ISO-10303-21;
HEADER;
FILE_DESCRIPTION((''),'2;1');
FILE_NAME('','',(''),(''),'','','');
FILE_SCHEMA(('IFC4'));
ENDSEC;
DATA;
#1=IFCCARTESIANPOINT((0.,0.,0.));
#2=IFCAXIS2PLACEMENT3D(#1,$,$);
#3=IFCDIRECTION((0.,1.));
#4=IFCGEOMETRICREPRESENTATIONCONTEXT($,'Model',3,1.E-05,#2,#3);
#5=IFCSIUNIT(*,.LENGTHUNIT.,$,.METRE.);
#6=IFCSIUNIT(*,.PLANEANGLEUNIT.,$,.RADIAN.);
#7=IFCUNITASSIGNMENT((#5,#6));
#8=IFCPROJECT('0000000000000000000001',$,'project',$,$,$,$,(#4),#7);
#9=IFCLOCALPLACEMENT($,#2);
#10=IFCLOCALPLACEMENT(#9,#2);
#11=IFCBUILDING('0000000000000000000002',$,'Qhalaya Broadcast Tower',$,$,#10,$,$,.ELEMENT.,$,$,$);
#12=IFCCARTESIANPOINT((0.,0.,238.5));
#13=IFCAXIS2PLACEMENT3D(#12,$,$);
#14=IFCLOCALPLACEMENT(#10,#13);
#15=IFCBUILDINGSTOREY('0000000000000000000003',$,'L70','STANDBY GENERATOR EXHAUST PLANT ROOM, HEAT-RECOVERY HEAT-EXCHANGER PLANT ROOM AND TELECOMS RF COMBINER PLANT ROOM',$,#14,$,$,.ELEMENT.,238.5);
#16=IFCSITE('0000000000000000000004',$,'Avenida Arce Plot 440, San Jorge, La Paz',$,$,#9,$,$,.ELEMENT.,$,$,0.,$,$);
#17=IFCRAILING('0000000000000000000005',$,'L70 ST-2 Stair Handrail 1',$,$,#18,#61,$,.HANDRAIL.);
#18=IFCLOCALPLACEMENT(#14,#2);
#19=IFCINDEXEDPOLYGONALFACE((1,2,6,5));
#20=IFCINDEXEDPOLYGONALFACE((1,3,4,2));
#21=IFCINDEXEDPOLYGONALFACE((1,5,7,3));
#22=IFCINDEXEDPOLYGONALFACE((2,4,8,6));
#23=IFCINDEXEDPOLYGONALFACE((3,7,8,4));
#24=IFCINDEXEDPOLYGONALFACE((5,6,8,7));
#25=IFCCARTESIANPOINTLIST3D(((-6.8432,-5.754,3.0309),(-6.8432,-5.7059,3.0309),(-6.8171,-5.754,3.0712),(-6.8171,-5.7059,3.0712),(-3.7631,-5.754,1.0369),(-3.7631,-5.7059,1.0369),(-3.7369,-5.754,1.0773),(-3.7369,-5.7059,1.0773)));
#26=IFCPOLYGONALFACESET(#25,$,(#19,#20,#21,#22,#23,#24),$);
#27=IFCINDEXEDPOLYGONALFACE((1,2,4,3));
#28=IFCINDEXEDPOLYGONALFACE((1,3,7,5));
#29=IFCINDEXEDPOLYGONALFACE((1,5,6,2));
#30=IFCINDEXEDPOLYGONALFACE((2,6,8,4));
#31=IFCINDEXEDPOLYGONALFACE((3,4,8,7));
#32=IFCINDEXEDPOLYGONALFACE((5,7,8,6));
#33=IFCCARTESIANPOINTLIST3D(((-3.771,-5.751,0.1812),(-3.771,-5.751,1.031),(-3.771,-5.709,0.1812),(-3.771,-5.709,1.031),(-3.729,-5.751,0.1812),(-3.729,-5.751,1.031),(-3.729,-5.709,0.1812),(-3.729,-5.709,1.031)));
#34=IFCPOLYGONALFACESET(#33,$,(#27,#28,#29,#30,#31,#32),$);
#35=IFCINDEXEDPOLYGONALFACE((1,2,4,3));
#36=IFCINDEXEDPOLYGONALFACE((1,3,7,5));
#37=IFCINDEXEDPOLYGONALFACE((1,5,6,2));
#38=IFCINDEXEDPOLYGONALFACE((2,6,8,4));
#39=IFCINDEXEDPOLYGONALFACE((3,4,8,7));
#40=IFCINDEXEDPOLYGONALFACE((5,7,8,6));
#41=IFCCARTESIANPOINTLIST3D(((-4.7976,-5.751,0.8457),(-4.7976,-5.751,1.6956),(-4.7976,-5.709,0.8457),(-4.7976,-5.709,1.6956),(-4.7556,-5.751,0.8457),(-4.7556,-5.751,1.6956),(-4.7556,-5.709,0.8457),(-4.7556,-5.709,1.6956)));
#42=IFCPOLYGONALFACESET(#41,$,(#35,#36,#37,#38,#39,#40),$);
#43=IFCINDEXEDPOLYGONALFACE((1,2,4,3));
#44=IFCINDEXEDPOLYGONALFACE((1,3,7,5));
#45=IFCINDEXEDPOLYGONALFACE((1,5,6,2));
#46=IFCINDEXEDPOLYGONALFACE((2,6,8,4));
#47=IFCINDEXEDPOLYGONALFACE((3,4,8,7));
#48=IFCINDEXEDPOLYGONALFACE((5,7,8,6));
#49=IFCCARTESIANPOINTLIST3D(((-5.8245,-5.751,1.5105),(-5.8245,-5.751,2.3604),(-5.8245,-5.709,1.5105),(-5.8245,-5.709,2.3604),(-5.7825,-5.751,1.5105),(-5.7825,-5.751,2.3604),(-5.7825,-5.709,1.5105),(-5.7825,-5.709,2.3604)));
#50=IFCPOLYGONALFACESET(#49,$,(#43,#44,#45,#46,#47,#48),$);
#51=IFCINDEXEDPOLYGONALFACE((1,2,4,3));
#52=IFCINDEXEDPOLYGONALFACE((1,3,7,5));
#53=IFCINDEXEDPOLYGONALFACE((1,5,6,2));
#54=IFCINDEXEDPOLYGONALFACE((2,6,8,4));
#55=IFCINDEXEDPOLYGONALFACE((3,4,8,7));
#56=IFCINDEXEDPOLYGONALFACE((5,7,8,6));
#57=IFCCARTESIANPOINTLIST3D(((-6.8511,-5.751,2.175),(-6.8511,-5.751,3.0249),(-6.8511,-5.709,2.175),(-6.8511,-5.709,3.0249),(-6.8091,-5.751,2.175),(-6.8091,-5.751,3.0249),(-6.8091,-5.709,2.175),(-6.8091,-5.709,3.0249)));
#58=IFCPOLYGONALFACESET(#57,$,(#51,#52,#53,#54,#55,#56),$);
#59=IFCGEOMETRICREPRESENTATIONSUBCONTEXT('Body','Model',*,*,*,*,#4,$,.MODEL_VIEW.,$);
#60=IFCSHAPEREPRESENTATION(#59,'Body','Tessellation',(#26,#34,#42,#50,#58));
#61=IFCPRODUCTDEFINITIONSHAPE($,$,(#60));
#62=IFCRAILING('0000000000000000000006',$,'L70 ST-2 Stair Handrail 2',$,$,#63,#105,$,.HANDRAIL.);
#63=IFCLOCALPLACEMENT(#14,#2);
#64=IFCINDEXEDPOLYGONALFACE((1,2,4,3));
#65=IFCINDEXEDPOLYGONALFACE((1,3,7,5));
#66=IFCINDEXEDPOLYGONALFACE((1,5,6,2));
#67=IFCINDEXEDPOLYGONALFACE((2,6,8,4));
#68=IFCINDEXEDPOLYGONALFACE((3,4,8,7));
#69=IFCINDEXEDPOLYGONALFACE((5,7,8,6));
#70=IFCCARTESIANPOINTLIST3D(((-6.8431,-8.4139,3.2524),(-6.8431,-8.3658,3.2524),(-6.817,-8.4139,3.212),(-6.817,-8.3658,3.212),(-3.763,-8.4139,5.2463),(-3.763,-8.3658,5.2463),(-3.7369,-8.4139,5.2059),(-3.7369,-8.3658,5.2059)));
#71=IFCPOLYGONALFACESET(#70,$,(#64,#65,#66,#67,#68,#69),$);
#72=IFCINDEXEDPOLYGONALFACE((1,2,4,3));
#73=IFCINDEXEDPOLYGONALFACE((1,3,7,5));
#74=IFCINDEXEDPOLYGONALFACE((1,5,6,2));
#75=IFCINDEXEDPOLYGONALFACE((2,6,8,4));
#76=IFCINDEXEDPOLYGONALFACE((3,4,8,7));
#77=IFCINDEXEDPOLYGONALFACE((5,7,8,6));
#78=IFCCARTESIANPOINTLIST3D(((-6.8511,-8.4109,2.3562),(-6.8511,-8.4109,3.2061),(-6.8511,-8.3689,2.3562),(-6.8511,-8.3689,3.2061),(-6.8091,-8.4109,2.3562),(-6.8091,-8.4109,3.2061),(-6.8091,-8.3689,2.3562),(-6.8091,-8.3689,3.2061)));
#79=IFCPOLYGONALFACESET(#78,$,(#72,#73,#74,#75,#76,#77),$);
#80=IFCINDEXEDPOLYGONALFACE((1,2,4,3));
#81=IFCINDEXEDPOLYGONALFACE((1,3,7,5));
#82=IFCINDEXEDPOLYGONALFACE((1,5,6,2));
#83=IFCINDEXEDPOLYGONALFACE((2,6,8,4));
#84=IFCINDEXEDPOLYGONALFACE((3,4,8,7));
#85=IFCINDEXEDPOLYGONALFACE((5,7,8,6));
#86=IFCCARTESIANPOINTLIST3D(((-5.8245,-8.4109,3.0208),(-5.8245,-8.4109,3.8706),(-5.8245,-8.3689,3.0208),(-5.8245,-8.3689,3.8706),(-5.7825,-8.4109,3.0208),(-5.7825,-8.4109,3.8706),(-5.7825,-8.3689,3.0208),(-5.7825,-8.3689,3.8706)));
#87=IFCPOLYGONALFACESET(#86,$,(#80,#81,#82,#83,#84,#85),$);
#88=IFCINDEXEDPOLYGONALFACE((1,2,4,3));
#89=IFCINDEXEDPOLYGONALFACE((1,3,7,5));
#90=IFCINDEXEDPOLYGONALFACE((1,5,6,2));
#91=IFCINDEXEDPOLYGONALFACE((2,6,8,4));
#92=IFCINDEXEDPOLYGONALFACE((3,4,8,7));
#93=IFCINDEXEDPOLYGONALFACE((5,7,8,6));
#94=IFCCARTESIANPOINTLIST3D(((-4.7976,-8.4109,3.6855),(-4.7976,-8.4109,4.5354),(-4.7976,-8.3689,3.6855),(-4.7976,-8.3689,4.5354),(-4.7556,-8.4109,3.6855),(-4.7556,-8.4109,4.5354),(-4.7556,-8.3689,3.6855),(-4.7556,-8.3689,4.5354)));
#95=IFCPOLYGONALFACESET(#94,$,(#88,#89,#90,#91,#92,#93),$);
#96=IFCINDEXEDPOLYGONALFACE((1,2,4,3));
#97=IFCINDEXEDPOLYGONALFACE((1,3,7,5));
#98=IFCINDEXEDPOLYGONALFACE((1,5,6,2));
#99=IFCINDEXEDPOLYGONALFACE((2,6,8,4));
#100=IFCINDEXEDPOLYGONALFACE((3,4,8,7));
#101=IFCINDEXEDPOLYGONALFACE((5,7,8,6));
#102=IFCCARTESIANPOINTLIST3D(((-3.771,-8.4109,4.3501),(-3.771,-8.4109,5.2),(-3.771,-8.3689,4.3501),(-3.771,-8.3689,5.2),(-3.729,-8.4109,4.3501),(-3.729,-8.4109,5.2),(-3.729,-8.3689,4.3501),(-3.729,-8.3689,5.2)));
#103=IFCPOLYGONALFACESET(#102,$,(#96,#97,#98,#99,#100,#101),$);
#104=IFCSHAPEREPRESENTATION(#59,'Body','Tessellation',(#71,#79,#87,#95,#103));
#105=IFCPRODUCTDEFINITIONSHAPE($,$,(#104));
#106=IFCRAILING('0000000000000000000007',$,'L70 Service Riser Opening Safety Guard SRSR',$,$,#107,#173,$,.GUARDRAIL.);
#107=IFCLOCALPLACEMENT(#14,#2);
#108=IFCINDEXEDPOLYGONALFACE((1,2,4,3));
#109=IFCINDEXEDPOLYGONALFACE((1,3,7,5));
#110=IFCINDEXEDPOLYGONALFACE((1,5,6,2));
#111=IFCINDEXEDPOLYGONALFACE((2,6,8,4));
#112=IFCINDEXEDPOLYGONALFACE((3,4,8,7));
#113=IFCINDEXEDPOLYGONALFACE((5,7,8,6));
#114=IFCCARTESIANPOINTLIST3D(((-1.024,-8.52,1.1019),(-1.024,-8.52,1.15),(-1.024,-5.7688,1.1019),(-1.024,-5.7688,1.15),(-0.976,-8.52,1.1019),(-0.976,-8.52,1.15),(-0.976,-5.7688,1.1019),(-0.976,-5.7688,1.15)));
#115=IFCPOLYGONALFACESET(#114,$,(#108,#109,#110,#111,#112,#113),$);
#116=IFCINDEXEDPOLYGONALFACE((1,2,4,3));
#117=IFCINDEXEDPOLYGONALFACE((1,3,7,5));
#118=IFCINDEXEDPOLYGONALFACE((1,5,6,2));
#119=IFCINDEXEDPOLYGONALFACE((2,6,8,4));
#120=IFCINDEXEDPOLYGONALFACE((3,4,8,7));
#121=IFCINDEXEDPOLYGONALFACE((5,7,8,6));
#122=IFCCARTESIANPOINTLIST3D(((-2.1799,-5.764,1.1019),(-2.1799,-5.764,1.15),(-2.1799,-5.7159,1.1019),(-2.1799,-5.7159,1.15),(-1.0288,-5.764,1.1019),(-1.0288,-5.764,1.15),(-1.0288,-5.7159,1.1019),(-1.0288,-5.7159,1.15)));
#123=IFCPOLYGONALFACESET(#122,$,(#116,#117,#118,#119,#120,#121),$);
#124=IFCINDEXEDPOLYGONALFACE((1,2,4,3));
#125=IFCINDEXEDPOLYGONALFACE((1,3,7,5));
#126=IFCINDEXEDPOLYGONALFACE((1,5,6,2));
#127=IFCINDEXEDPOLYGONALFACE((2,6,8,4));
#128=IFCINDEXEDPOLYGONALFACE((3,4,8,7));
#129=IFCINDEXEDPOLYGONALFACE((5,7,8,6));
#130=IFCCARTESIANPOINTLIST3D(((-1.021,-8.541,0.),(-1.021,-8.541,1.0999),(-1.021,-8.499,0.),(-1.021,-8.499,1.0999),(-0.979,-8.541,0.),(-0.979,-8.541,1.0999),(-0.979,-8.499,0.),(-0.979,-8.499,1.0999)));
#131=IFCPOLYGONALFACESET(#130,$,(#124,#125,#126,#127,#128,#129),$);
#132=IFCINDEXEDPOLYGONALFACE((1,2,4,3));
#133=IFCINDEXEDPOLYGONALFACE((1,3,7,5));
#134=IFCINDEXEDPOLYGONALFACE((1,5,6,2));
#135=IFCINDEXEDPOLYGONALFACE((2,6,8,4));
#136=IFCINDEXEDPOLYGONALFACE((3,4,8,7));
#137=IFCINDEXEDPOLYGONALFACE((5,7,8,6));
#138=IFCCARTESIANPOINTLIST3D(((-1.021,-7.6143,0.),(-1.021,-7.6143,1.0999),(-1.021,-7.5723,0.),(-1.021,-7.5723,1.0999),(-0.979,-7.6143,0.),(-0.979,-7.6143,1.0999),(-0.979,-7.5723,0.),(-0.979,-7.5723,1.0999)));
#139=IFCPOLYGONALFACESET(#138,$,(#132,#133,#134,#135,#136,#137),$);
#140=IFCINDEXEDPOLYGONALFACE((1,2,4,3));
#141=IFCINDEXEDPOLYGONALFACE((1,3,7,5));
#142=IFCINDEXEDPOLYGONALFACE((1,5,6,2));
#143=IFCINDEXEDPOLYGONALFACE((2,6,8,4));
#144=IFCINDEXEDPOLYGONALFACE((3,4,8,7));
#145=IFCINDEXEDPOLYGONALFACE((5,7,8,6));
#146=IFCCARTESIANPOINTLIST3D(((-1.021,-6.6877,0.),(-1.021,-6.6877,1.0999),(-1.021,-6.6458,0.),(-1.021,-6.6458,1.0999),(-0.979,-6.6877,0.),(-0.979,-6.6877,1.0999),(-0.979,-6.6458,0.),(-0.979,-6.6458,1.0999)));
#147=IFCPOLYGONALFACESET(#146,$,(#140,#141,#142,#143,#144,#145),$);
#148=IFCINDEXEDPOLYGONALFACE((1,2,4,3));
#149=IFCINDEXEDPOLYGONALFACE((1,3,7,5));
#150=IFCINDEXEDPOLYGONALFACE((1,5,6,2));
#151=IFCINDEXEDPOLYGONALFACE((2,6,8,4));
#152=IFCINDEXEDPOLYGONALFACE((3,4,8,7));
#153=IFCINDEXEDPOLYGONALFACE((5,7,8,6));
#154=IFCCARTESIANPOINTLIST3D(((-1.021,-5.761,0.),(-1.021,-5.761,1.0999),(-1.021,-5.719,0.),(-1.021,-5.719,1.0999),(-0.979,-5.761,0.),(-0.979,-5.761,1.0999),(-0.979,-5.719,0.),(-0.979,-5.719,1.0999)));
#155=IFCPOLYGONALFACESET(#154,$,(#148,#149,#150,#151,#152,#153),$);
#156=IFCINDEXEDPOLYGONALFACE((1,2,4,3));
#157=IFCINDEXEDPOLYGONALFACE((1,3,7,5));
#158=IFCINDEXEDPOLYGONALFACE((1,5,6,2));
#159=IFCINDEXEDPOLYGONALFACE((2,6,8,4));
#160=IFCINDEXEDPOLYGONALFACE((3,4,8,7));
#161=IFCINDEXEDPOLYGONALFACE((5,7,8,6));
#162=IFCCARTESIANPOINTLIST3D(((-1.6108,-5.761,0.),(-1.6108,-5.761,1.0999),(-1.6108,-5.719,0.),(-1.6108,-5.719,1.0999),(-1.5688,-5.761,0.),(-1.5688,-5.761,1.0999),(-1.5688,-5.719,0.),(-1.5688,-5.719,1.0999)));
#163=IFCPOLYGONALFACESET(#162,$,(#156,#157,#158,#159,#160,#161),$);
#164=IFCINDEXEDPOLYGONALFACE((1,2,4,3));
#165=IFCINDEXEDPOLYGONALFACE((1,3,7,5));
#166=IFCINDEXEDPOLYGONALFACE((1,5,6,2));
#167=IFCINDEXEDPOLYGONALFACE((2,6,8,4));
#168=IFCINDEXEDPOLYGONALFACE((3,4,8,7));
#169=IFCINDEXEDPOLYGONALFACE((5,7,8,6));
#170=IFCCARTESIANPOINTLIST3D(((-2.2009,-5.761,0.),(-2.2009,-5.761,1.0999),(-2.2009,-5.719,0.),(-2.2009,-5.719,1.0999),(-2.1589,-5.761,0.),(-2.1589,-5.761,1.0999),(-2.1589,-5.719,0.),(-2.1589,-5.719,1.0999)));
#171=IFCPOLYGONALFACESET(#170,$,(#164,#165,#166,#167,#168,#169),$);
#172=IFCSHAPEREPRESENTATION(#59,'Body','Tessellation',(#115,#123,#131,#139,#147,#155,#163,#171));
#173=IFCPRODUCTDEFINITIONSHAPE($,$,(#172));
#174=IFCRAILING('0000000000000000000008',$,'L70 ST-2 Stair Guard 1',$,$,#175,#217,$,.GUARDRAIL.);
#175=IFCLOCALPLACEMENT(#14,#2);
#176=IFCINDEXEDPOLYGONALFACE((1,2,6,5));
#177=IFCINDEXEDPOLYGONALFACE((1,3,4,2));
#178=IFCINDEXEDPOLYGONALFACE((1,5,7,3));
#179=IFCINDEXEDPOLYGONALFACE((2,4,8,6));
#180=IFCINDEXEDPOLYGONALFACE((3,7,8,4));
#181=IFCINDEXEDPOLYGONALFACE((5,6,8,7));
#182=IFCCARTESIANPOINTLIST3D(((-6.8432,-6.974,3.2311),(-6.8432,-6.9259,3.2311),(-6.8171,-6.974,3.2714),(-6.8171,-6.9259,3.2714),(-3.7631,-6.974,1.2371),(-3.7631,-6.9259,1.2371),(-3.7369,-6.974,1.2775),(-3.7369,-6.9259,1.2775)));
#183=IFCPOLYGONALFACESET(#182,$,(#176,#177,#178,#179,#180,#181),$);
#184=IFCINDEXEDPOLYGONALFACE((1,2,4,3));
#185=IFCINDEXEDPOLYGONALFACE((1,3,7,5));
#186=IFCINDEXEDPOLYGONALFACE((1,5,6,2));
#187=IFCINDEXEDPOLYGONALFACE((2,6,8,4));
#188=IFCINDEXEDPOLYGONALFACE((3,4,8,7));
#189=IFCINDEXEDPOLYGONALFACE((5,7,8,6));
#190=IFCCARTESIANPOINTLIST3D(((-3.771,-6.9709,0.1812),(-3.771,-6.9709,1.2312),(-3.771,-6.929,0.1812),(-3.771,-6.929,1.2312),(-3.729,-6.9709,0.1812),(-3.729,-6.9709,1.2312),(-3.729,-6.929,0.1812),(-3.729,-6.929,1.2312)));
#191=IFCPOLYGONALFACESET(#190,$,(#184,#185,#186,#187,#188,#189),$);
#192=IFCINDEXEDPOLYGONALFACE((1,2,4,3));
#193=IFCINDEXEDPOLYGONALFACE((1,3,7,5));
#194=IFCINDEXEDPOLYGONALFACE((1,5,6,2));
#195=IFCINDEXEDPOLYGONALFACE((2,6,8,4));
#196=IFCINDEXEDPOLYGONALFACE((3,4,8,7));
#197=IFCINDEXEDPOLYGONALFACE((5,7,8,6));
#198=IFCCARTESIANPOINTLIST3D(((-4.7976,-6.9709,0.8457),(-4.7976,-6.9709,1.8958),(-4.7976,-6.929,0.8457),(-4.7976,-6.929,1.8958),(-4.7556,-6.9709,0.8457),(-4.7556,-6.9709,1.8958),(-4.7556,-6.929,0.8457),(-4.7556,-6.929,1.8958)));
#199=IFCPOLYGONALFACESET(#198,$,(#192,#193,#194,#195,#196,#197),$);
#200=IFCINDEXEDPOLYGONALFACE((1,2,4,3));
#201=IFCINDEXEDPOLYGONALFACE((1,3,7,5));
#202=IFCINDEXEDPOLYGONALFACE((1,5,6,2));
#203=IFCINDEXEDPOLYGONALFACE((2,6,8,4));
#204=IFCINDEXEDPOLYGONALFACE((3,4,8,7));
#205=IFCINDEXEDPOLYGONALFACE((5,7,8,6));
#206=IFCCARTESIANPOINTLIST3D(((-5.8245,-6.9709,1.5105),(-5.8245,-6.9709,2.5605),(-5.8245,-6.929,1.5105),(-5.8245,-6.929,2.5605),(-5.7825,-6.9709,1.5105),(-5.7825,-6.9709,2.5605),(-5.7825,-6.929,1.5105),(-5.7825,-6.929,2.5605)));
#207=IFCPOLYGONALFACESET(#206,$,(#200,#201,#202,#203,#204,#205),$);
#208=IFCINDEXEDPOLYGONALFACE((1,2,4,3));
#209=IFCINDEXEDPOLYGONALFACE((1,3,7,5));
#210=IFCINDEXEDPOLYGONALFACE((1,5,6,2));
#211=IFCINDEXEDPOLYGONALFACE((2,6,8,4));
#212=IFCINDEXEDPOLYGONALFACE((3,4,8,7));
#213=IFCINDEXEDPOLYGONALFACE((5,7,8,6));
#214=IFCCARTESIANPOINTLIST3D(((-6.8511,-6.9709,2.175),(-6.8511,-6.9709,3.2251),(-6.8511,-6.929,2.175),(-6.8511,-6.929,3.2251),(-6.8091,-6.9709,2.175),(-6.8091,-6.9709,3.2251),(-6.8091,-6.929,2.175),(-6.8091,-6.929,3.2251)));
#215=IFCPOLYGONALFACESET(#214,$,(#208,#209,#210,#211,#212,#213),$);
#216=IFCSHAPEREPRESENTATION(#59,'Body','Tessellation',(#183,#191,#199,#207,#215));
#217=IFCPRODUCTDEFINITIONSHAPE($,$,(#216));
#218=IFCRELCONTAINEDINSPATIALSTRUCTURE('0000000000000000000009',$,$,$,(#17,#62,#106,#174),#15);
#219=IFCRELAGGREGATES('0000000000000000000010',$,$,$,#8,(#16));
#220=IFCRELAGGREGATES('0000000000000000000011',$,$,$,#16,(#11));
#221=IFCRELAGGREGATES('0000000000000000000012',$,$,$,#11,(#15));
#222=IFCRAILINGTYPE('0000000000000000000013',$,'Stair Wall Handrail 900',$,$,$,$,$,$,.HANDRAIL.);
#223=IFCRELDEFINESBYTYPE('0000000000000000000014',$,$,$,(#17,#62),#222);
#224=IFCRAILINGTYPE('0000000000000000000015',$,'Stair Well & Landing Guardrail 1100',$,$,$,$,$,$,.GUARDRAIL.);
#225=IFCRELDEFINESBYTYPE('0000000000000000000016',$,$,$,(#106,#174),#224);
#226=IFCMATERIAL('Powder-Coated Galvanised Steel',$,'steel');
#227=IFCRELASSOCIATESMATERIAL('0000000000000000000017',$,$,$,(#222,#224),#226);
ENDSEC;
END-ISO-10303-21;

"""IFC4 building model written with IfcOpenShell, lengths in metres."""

from ifc_helpers import new_model, si_unit, direction, frame, origin, origin_2d, place, context, subcontext, project, spatial, rectangle, extrude, material, type_object, element, save


model = new_model("IFC4")

# Units and contexts
model_context = context("Model", 3, precision=1e-05, world=origin(), true_north=direction((0.0, 1.0)))
body_context = subcontext(model_context, "Body", "Model", "MODEL_VIEW")
ifc_project = project(units=[si_unit("LENGTHUNIT", "METRE"), si_unit("PLANEANGLEUNIT", "RADIAN")], contexts=[model_context])

# Site, building, storey
site_placement = place(None, origin())
site = spatial("IfcSite", under=ifc_project, at=site_placement, Name="Avenida Arce Plot 440, San Jorge, La Paz", CompositionType="ELEMENT", RefElevation=0.0)
building_placement = place(site_placement, origin())
building = spatial("IfcBuilding", under=site, at=building_placement, Name="Qhalaya Broadcast Tower", CompositionType="ELEMENT")
storey_placement = place(building_placement, frame((0.0, 0.0, 238.5)))
storey = spatial("IfcBuildingStorey", under=building, at=storey_placement, Name="L70", Description="STANDBY GENERATOR EXHAUST PLANT ROOM, HEAT-RECOVERY HEAT-EXCHANGER PLANT ROOM AND TELECOMS RF COMBINER PLANT ROOM", CompositionType="ELEMENT", Elevation=238.5)

# Railings
ifc_material_1 = material(Name="Powder-Coated Galvanised Steel", Category="steel")
railing_type_1 = type_object("IfcRailingType", Name="Stair Wall Handrail 900", PredefinedType="HANDRAIL", material=ifc_material_1)
railing_1_placement = place(storey_placement, frame((-3.75, -5.73, 0.1812)))
element("IfcRailing", 1, at=railing_1_placement, inside=storey, type_object=railing_type_1, Name="L70 ST-2 Stair Handrail 1", PredefinedType="HANDRAIL", context=body_context, shape_type="SweptSolid", body=[
    extrude(rectangle(XDim=0.0481, YDim=0.0481, at=origin_2d()), frame((0.0, 0.0, 0.876), z_axis=(-0.839458, 0.0, 0.543425), x_axis=(0.0, -1.0, 0.0)), (0.0, 0.0, 1.0), 3.6692),
    extrude(rectangle(XDim=0.042, YDim=0.042, at=origin_2d()), origin(), (0.0, 0.0, 1.0), 0.8499),
    extrude(rectangle(XDim=0.042, YDim=0.042, at=origin_2d()), frame((-1.0266, 0.0, 0.6646)), (0.0, 0.0, 1.0), 0.8499),
    extrude(rectangle(XDim=0.042, YDim=0.042, at=origin_2d()), frame((-2.0535, 0.0, 1.3293)), (0.0, 0.0, 1.0), 0.8499),
    extrude(rectangle(XDim=0.042, YDim=0.042, at=origin_2d()), frame((-3.0801, 0.0, 1.9939)), (0.0, 0.0, 1.0), 0.8499),
])
railing_2_placement = place(storey_placement, frame((-6.8301, -8.3899, 2.3562)))
element("IfcRailing", 2, at=railing_2_placement, inside=storey, type_object=railing_type_1, Name="L70 ST-2 Stair Handrail 2", PredefinedType="HANDRAIL", context=body_context, shape_type="SweptSolid", body=[
    extrude(rectangle(XDim=0.0481, YDim=0.0481, at=origin_2d()), frame((0.0, 0.0, 0.876), z_axis=(0.839458, 0.0, 0.543425), x_axis=(0.0, 1.0, 0.0)), (0.0, 0.0, 1.0), 3.6692),
    extrude(rectangle(XDim=0.042, YDim=0.042, at=origin_2d()), origin(), (0.0, 0.0, 1.0), 0.8499),
    extrude(rectangle(XDim=0.042, YDim=0.042, at=origin_2d()), frame((1.0266, 0.0, 0.6646)), (0.0, 0.0, 1.0), 0.8499),
    extrude(rectangle(XDim=0.042, YDim=0.042, at=origin_2d()), frame((2.0535, 0.0, 1.3293)), (0.0, 0.0, 1.0), 0.8499),
    extrude(rectangle(XDim=0.042, YDim=0.042, at=origin_2d()), frame((3.0801, 0.0, 1.9939)), (0.0, 0.0, 1.0), 0.8499),
])
railing_type_2 = type_object("IfcRailingType", Name="Stair Well & Landing Guardrail 1100", PredefinedType="GUARDRAIL", material=ifc_material_1)
railing_3_placement = place(storey_placement, frame((-1.0, -8.52, 0.0)))
element("IfcRailing", 3, at=railing_3_placement, inside=storey, type_object=railing_type_2, Name="L70 Service Riser Opening Safety Guard SRSR", PredefinedType="GUARDRAIL", context=body_context, shape_type="SweptSolid", body=[
    extrude(rectangle(XDim=0.0481, YDim=0.0481, at=origin_2d()), frame((0.0, 0.0, 1.126), z_axis=(0.0, 1.0, 0.0), x_axis=(-1.0, 0.0, 0.0)), (0.0, 0.0, 1.0), 2.7512),
    extrude(rectangle(XDim=0.0481, YDim=0.0481, at=origin_2d()), frame((-0.0288, 2.78, 1.126), z_axis=(-1.0, 0.0, 0.0), x_axis=(0.0, -1.0, 0.0)), (0.0, 0.0, 1.0), 1.1511),
    extrude(rectangle(XDim=0.042, YDim=0.042, at=origin_2d()), origin(), (0.0, 0.0, 1.0), 1.0999),
    extrude(rectangle(XDim=0.042, YDim=0.042, at=origin_2d()), frame((0.0, 0.9268, 0.0)), (0.0, 0.0, 1.0), 1.0999),
    extrude(rectangle(XDim=0.042, YDim=0.042, at=origin_2d()), frame((0.0, 1.8533, 0.0)), (0.0, 0.0, 1.0), 1.0999),
    extrude(rectangle(XDim=0.042, YDim=0.042, at=origin_2d()), frame((0.0, 2.78, 0.0)), (0.0, 0.0, 1.0), 1.0999),
    extrude(rectangle(XDim=0.042, YDim=0.042, at=origin_2d()), frame((-0.5898, 2.78, 0.0)), (0.0, 0.0, 1.0), 1.0999),
    extrude(rectangle(XDim=0.042, YDim=0.042, at=origin_2d()), frame((-1.1799, 2.78, 0.0)), (0.0, 0.0, 1.0), 1.0999),
])
railing_4_placement = place(storey_placement, frame((-3.75, -6.95, 0.1812)))
element("IfcRailing", 4, at=railing_4_placement, inside=storey, type_object=railing_type_2, Name="L70 ST-2 Stair Guard 1", PredefinedType="GUARDRAIL", context=body_context, shape_type="SweptSolid", body=[
    extrude(rectangle(XDim=0.0481, YDim=0.0481, at=origin_2d()), frame((0.0, 0.0, 1.0762), z_axis=(-0.839458, 0.0, 0.543425), x_axis=(0.0, -1.0, 0.0)), (0.0, 0.0, 1.0), 3.6692),
    extrude(rectangle(XDim=0.042, YDim=0.042, at=origin_2d()), origin(), (0.0, 0.0, 1.0), 1.05),
    extrude(rectangle(XDim=0.042, YDim=0.042, at=origin_2d()), frame((-1.0266, 0.0, 0.6646)), (0.0, 0.0, 1.0), 1.05),
    extrude(rectangle(XDim=0.042, YDim=0.042, at=origin_2d()), frame((-2.0535, 0.0, 1.3293)), (0.0, 0.0, 1.0), 1.05),
    extrude(rectangle(XDim=0.042, YDim=0.042, at=origin_2d()), frame((-3.0801, 0.0, 1.9939)), (0.0, 0.0, 1.0), 1.05),
])

save(model, "model.ifc")
